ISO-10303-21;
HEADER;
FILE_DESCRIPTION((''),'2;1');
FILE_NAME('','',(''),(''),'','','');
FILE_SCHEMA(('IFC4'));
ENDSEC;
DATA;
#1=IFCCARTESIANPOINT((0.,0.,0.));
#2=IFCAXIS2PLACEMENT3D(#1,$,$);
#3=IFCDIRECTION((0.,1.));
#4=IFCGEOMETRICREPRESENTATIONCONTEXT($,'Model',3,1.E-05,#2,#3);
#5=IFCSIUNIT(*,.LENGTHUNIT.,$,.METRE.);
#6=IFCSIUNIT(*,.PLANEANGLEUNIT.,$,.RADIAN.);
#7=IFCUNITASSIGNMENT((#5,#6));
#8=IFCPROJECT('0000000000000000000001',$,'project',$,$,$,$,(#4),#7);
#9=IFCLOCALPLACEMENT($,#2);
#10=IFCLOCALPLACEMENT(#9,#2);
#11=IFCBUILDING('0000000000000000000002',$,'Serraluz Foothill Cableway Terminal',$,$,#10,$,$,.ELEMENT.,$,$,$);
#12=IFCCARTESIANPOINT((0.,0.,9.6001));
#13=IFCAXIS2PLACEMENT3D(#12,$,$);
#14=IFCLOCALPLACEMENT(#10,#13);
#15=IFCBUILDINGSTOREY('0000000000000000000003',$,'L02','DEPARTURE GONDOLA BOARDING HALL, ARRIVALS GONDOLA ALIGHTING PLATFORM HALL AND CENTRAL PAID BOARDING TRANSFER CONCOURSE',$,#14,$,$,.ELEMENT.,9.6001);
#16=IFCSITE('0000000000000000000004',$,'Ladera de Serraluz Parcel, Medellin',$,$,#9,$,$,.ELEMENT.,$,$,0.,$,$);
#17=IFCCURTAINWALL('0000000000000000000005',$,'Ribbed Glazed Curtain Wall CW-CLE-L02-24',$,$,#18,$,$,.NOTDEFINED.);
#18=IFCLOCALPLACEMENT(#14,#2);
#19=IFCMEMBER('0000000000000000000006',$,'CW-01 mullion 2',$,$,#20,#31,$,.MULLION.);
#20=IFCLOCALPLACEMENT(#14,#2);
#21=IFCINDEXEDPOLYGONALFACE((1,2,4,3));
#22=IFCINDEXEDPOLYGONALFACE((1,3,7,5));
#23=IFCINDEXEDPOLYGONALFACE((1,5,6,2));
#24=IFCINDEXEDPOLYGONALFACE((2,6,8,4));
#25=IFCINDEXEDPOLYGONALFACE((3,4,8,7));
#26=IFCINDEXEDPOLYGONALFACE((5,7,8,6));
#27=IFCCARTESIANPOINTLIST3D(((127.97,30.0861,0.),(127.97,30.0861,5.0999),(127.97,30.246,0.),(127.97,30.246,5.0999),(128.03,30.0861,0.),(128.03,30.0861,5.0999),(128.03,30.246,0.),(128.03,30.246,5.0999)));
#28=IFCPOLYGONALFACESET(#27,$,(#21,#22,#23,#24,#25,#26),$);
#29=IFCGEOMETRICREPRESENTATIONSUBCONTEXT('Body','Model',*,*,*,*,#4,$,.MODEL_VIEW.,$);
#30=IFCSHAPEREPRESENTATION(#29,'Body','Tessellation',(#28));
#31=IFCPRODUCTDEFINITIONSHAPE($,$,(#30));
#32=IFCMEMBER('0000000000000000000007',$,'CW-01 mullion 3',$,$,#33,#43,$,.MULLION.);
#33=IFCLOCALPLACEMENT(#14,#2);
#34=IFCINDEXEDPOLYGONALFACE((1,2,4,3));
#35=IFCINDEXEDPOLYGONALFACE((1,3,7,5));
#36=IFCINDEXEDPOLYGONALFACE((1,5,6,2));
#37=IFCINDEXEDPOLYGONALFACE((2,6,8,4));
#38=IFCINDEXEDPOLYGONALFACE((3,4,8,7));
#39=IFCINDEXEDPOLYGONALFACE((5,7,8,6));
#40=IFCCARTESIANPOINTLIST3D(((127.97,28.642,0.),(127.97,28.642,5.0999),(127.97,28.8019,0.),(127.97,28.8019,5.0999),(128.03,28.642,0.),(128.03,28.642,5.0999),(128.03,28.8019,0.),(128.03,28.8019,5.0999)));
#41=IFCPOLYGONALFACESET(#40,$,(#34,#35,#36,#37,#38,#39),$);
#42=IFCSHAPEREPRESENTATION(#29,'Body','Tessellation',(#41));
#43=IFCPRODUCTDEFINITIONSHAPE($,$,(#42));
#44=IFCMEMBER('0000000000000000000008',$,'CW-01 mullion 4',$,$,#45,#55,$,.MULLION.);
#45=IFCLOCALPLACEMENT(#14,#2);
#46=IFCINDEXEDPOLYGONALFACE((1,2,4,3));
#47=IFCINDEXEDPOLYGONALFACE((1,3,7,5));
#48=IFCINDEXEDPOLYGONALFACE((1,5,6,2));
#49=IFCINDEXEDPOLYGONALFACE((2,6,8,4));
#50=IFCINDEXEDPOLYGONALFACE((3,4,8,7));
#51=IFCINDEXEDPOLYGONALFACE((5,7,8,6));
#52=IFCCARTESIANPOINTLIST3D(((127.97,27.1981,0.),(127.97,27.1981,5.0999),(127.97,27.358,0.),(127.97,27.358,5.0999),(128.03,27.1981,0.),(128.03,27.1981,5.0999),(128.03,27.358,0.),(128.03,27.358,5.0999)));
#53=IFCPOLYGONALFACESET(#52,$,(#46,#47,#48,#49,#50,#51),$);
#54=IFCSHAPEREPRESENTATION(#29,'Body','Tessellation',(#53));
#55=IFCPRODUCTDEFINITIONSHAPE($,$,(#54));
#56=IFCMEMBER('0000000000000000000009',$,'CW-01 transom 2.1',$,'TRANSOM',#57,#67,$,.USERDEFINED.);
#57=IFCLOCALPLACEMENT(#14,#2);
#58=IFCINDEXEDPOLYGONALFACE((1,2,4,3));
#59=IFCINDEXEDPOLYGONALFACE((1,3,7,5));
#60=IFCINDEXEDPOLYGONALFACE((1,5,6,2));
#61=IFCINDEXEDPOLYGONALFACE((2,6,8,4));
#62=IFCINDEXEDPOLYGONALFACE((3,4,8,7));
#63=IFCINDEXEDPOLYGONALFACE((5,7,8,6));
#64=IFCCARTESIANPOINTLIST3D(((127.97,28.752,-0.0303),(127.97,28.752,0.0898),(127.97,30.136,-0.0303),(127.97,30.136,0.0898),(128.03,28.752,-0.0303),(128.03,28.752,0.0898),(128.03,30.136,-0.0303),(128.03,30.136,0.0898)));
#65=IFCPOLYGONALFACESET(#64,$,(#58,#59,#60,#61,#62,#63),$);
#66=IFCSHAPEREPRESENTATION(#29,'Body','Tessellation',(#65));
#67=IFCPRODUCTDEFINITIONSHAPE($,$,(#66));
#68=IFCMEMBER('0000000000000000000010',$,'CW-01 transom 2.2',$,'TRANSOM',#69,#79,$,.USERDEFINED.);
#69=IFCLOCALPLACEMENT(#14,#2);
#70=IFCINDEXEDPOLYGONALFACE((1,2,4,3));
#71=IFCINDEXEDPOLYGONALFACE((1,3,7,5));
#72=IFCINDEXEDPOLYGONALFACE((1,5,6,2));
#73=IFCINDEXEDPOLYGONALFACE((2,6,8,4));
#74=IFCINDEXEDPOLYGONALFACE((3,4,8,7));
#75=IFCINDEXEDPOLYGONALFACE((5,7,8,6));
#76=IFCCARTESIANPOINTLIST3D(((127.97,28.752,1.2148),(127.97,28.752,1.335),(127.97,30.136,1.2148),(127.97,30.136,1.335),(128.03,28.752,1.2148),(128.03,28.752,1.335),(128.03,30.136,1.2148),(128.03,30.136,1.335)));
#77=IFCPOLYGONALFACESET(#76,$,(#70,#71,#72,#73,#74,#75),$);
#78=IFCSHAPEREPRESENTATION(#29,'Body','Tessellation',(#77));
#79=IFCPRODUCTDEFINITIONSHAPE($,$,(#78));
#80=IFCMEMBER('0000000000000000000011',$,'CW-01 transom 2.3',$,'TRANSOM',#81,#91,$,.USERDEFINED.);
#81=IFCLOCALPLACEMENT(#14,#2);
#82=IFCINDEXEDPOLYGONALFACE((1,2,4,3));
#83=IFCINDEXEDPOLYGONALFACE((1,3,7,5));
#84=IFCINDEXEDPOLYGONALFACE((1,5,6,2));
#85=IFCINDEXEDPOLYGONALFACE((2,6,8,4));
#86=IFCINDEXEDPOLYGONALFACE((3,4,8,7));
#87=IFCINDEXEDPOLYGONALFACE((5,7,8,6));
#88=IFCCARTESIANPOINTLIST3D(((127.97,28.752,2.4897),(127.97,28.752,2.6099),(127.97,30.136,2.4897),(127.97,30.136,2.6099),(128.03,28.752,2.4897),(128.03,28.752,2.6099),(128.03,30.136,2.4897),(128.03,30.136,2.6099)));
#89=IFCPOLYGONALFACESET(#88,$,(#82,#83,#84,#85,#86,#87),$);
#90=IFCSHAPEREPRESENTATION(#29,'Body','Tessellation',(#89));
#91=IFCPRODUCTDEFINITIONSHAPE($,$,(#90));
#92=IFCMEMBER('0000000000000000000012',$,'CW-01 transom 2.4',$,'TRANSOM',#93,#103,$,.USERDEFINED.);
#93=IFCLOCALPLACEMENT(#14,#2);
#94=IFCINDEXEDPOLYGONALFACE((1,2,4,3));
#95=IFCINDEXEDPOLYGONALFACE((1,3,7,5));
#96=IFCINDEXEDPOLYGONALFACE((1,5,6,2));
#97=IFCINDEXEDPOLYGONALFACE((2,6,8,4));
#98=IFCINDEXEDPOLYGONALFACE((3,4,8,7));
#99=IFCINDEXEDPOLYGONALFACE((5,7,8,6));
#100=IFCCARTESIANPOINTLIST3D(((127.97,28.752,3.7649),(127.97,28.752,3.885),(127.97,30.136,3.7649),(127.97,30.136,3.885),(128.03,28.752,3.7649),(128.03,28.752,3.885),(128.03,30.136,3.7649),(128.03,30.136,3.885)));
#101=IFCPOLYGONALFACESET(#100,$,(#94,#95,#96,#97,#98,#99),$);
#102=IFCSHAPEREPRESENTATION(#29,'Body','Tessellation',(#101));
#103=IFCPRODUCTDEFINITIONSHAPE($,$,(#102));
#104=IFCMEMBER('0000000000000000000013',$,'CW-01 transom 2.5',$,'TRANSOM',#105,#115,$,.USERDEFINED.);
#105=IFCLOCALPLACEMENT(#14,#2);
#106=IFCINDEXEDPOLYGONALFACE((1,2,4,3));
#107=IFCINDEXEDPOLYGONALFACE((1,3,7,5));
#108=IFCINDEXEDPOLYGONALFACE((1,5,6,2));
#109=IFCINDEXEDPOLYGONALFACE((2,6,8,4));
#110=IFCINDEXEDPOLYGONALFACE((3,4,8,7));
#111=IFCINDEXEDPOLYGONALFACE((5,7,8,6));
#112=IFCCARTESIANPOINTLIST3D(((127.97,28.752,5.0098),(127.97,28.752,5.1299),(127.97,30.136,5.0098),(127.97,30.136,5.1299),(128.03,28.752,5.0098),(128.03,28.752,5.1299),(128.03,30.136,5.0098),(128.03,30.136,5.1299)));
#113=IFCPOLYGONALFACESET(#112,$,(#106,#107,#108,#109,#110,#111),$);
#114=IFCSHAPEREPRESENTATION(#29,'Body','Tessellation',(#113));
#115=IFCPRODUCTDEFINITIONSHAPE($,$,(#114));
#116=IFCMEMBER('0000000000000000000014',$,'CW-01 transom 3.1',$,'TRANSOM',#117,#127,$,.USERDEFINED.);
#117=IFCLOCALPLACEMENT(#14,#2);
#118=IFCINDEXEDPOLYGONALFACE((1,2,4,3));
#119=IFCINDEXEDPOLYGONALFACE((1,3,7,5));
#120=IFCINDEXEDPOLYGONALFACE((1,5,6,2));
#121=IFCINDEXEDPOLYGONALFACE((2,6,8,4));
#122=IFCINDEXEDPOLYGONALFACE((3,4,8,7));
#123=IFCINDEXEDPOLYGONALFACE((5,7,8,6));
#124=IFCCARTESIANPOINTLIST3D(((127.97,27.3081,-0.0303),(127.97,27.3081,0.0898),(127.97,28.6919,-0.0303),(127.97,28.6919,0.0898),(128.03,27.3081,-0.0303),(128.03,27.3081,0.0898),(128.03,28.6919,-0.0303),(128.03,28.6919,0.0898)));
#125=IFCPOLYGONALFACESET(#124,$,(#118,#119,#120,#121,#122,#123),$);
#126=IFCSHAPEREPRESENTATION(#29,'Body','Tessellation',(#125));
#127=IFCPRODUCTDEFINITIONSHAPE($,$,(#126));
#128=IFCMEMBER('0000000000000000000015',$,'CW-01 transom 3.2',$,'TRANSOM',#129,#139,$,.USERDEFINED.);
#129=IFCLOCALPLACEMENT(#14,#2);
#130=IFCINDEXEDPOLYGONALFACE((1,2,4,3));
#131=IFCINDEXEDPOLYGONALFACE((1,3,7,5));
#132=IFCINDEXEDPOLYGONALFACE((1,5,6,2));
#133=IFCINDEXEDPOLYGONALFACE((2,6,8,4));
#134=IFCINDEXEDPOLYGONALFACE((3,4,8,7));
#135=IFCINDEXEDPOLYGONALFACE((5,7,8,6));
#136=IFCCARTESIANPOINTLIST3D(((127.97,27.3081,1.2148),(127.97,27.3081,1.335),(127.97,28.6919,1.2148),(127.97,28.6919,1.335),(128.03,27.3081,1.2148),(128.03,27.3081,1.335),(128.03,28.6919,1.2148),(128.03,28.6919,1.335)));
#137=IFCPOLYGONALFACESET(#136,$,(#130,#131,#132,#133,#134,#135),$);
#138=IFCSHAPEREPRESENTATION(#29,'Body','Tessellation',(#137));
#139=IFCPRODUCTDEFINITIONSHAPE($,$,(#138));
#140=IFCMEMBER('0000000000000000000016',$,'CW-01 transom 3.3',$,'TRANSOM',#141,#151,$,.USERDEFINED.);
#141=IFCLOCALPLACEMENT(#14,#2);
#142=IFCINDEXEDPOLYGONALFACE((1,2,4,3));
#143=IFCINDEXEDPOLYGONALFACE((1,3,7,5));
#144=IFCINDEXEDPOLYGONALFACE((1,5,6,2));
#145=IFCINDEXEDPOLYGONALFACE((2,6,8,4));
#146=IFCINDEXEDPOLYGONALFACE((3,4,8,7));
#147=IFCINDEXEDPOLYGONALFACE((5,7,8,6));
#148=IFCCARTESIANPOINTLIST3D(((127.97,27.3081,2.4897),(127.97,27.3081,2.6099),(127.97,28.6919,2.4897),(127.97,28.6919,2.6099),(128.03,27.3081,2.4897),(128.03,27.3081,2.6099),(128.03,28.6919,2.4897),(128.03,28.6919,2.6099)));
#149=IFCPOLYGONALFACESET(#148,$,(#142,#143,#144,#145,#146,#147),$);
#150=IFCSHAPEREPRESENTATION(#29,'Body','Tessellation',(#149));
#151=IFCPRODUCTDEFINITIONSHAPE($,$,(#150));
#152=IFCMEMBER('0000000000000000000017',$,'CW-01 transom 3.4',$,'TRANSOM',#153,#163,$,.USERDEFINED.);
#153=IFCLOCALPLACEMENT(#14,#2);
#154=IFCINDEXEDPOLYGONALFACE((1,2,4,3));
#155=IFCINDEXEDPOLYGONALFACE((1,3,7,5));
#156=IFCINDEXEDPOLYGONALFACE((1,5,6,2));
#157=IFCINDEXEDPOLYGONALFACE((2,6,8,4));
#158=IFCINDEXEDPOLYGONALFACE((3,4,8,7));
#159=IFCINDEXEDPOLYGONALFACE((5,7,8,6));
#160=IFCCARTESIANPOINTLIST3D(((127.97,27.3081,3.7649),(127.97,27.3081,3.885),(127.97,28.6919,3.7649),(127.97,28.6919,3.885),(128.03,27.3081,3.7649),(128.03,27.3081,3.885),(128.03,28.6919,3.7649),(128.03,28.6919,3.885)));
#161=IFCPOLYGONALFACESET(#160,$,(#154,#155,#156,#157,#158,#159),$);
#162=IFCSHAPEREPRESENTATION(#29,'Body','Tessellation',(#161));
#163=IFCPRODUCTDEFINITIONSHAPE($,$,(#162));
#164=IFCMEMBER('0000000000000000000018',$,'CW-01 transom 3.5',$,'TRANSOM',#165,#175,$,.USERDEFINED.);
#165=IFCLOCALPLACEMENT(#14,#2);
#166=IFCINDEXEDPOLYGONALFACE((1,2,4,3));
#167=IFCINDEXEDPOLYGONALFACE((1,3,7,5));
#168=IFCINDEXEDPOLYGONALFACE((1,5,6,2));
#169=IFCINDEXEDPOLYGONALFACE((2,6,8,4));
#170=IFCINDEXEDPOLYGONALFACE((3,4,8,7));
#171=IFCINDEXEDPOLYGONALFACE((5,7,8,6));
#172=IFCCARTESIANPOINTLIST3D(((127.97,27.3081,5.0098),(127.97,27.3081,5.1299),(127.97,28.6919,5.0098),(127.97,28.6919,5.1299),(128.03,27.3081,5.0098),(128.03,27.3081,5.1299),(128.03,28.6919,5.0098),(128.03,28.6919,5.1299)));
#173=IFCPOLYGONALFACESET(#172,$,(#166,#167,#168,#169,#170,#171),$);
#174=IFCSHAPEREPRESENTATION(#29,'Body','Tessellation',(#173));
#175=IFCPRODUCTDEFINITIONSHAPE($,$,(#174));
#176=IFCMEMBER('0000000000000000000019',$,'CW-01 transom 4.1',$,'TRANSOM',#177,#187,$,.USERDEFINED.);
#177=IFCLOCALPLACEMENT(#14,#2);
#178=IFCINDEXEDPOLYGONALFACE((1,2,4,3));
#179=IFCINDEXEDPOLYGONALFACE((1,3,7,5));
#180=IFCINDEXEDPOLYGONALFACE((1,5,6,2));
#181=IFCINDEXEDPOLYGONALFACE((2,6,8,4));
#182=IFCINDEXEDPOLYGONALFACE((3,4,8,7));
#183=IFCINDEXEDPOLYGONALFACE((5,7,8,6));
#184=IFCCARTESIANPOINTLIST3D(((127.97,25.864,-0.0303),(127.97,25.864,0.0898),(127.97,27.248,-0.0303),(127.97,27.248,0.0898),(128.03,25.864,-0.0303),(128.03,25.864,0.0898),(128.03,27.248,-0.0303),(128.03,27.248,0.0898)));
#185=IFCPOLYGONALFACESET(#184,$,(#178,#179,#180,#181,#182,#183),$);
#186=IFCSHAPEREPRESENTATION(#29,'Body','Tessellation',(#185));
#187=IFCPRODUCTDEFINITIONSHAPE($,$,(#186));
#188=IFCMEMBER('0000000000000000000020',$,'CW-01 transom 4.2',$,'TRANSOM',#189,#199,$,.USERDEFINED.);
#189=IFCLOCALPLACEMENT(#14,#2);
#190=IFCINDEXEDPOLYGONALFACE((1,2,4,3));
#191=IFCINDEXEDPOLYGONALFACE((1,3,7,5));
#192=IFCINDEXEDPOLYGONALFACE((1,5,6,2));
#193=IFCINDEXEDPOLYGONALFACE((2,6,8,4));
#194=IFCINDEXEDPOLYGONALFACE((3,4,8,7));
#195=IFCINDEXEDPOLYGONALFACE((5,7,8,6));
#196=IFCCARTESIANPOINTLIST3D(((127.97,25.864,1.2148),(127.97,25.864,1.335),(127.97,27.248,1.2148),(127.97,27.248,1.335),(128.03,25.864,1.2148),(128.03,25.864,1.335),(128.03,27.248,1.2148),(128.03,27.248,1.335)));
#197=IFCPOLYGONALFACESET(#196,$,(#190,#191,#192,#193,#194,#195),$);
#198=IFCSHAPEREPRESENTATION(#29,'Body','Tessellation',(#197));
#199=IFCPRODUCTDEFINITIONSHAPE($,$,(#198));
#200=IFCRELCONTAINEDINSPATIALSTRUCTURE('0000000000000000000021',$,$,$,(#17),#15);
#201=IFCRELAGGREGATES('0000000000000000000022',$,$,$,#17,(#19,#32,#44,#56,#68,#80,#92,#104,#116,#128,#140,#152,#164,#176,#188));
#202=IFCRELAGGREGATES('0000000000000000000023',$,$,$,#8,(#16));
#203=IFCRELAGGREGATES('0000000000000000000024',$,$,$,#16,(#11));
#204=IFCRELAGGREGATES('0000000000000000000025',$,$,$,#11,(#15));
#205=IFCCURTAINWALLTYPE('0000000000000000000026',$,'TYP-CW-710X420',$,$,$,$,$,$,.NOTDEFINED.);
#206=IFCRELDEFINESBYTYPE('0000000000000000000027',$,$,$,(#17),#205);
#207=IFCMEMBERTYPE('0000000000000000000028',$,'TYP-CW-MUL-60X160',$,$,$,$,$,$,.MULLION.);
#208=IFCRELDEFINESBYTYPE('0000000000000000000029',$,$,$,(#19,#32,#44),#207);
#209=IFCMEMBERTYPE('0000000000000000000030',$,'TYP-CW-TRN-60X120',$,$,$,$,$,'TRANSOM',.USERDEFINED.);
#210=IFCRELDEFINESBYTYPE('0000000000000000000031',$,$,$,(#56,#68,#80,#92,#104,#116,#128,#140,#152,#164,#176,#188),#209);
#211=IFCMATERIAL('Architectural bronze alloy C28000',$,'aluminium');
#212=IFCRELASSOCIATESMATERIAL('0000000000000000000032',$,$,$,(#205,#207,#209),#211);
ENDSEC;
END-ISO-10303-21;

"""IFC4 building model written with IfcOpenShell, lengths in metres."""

from ifc_helpers import new_model, si_unit, direction, frame, origin, origin_2d, place, context, subcontext, project, spatial, rectangle, extrude, material, material_profile, profile_set, type_object, element, aggregate, save


model = new_model("IFC4")

# Units and contexts
model_context = context("Model", 3, precision=1e-05, world=origin(), true_north=direction((0.0, 1.0)))
body_context = subcontext(model_context, "Body", "Model", "MODEL_VIEW")
ifc_project = project(units=[si_unit("LENGTHUNIT", "METRE"), si_unit("PLANEANGLEUNIT", "RADIAN")], contexts=[model_context])

# Site, building, storey
site_placement = place(None, origin())
site = spatial("IfcSite", under=ifc_project, at=site_placement, Name="Ladera de Serraluz Parcel, Medellin", CompositionType="ELEMENT", RefElevation=0.0)
building_placement = place(site_placement, origin())
building = spatial("IfcBuilding", under=site, at=building_placement, Name="Serraluz Foothill Cableway Terminal", CompositionType="ELEMENT")
storey_placement = place(building_placement, frame((0.0, 0.0, 9.6001)))
storey = spatial("IfcBuildingStorey", under=building, at=storey_placement, Name="L02", Description="DEPARTURE GONDOLA BOARDING HALL, ARRIVALS GONDOLA ALIGHTING PLATFORM HALL AND CENTRAL PAID BOARDING TRANSFER CONCOURSE", CompositionType="ELEMENT", Elevation=9.6001)

# Curtain wall, members
ifc_material_1 = material(Name="Architectural bronze alloy C28000", Category="aluminium")
curtain_wall_type = type_object("IfcCurtainWallType", Name="TYP-CW-710X420", PredefinedType="NOTDEFINED", material=ifc_material_1)
curtain_wall_placement = place(storey_placement, origin())
curtain_wall = element("IfcCurtainWall", 1, at=curtain_wall_placement, inside=storey, type_object=curtain_wall_type, Name="Ribbed Glazed Curtain Wall CW-CLE-L02-24", PredefinedType="NOTDEFINED")
ifc_material_profile_1 = material_profile(ifc_material_1, rectangle(XDim=0.0601, YDim=0.1599, at=origin_2d()), Name="ALU MULLION 60x160")
ifc_profile_set_1 = profile_set([ifc_material_profile_1], Name="Architectural bronze alloy C28000")
member_type_1 = type_object("IfcMemberType", Name="TYP-CW-MUL-60X160", PredefinedType="MULLION", material=ifc_profile_set_1)
member_1_placement = place(storey_placement, frame((128.0, 30.166, 0.0), z_axis=(0.0, 0.0, 1.0), x_axis=(1.0, 0.0, 0.0)))
member_1 = element("IfcMember", 2, at=member_1_placement, type_object=member_type_1, Name="CW-01 mullion 2", PredefinedType="MULLION", context=body_context, shape_type="SweptSolid", body=[
    extrude(rectangle(XDim=0.0601, YDim=0.1599, at=origin_2d()), origin(), (0.0, 0.0, 1.0), 5.0999),
])
member_2_placement = place(storey_placement, frame((128.0, 28.7219, 0.0), z_axis=(0.0, 0.0, 1.0), x_axis=(1.0, 0.0, 0.0)))
member_2 = element("IfcMember", 3, at=member_2_placement, type_object=member_type_1, Name="CW-01 mullion 3", PredefinedType="MULLION", context=body_context, shape_type="SweptSolid", body=[
    extrude(rectangle(XDim=0.0601, YDim=0.1599, at=origin_2d()), origin(), (0.0, 0.0, 1.0), 5.0999),
])
member_3_placement = place(storey_placement, frame((128.0, 27.2781, 0.0), z_axis=(0.0, 0.0, 1.0), x_axis=(1.0, 0.0, 0.0)))
member_3 = element("IfcMember", 4, at=member_3_placement, type_object=member_type_1, Name="CW-01 mullion 4", PredefinedType="MULLION", context=body_context, shape_type="SweptSolid", body=[
    extrude(rectangle(XDim=0.0601, YDim=0.1599, at=origin_2d()), origin(), (0.0, 0.0, 1.0), 5.0999),
])
ifc_material_profile_2 = material_profile(ifc_material_1, rectangle(XDim=0.0601, YDim=0.1201, at=origin_2d()), Name="ALU TRANSOM 60x120")
ifc_profile_set_2 = profile_set([ifc_material_profile_2], Name="Architectural bronze alloy C28000")
member_type_2 = type_object("IfcMemberType", Name="TYP-CW-TRN-60X120", ElementType="TRANSOM", PredefinedType="USERDEFINED", material=ifc_profile_set_2)
member_4_placement = place(storey_placement, frame((128.0, 30.136, 0.0298), z_axis=(0.0, -1.0, 0.0), x_axis=(1.0, 0.0, 0.0)))
member_4 = element("IfcMember", 5, at=member_4_placement, type_object=member_type_2, Name="CW-01 transom 2.1", ObjectType="TRANSOM", PredefinedType="USERDEFINED", context=body_context, shape_type="SweptSolid", body=[
    extrude(rectangle(XDim=0.0601, YDim=0.1201, at=origin_2d()), origin(), (0.0, 0.0, 1.0), 1.384),
])
member_5_placement = place(storey_placement, frame((128.0, 30.136, 1.2749), z_axis=(0.0, -1.0, 0.0), x_axis=(1.0, 0.0, 0.0)))
member_5 = element("IfcMember", 6, at=member_5_placement, type_object=member_type_2, Name="CW-01 transom 2.2", ObjectType="TRANSOM", PredefinedType="USERDEFINED", context=body_context, shape_type="SweptSolid", body=[
    extrude(rectangle(XDim=0.0601, YDim=0.1201, at=origin_2d()), origin(), (0.0, 0.0, 1.0), 1.384),
])
member_6_placement = place(storey_placement, frame((128.0, 30.136, 2.5498), z_axis=(0.0, -1.0, 0.0), x_axis=(1.0, 0.0, 0.0)))
member_6 = element("IfcMember", 7, at=member_6_placement, type_object=member_type_2, Name="CW-01 transom 2.3", ObjectType="TRANSOM", PredefinedType="USERDEFINED", context=body_context, shape_type="SweptSolid", body=[
    extrude(rectangle(XDim=0.0601, YDim=0.1201, at=origin_2d()), origin(), (0.0, 0.0, 1.0), 1.384),
])
member_7_placement = place(storey_placement, frame((128.0, 30.136, 3.825), z_axis=(0.0, -1.0, 0.0), x_axis=(1.0, 0.0, 0.0)))
member_7 = element("IfcMember", 8, at=member_7_placement, type_object=member_type_2, Name="CW-01 transom 2.4", ObjectType="TRANSOM", PredefinedType="USERDEFINED", context=body_context, shape_type="SweptSolid", body=[
    extrude(rectangle(XDim=0.0601, YDim=0.1201, at=origin_2d()), origin(), (0.0, 0.0, 1.0), 1.384),
])
member_8_placement = place(storey_placement, frame((128.0, 30.136, 5.0698), z_axis=(0.0, -1.0, 0.0), x_axis=(1.0, 0.0, 0.0)))
member_8 = element("IfcMember", 9, at=member_8_placement, type_object=member_type_2, Name="CW-01 transom 2.5", ObjectType="TRANSOM", PredefinedType="USERDEFINED", context=body_context, shape_type="SweptSolid", body=[
    extrude(rectangle(XDim=0.0601, YDim=0.1201, at=origin_2d()), origin(), (0.0, 0.0, 1.0), 1.384),
])
member_9_placement = place(storey_placement, frame((128.0, 28.6919, 0.0298), z_axis=(0.0, -1.0, 0.0), x_axis=(1.0, 0.0, 0.0)))
member_9 = element("IfcMember", 10, at=member_9_placement, type_object=member_type_2, Name="CW-01 transom 3.1", ObjectType="TRANSOM", PredefinedType="USERDEFINED", context=body_context, shape_type="SweptSolid", body=[
    extrude(rectangle(XDim=0.0601, YDim=0.1201, at=origin_2d()), origin(), (0.0, 0.0, 1.0), 1.3838),
])
member_10_placement = place(storey_placement, frame((128.0, 28.6919, 1.2749), z_axis=(0.0, -1.0, 0.0), x_axis=(1.0, 0.0, 0.0)))
member_10 = element("IfcMember", 11, at=member_10_placement, type_object=member_type_2, Name="CW-01 transom 3.2", ObjectType="TRANSOM", PredefinedType="USERDEFINED", context=body_context, shape_type="SweptSolid", body=[
    extrude(rectangle(XDim=0.0601, YDim=0.1201, at=origin_2d()), origin(), (0.0, 0.0, 1.0), 1.3838),
])
member_11_placement = place(storey_placement, frame((128.0, 28.6919, 2.5498), z_axis=(0.0, -1.0, 0.0), x_axis=(1.0, 0.0, 0.0)))
member_11 = element("IfcMember", 12, at=member_11_placement, type_object=member_type_2, Name="CW-01 transom 3.3", ObjectType="TRANSOM", PredefinedType="USERDEFINED", context=body_context, shape_type="SweptSolid", body=[
    extrude(rectangle(XDim=0.0601, YDim=0.1201, at=origin_2d()), origin(), (0.0, 0.0, 1.0), 1.3838),
])
member_12_placement = place(storey_placement, frame((128.0, 28.6919, 3.825), z_axis=(0.0, -1.0, 0.0), x_axis=(1.0, 0.0, 0.0)))
member_12 = element("IfcMember", 13, at=member_12_placement, type_object=member_type_2, Name="CW-01 transom 3.4", ObjectType="TRANSOM", PredefinedType="USERDEFINED", context=body_context, shape_type="SweptSolid", body=[
    extrude(rectangle(XDim=0.0601, YDim=0.1201, at=origin_2d()), origin(), (0.0, 0.0, 1.0), 1.3838),
])
member_13_placement = place(storey_placement, frame((128.0, 28.6919, 5.0698), z_axis=(0.0, -1.0, 0.0), x_axis=(1.0, 0.0, 0.0)))
member_13 = element("IfcMember", 14, at=member_13_placement, type_object=member_type_2, Name="CW-01 transom 3.5", ObjectType="TRANSOM", PredefinedType="USERDEFINED", context=body_context, shape_type="SweptSolid", body=[
    extrude(rectangle(XDim=0.0601, YDim=0.1201, at=origin_2d()), origin(), (0.0, 0.0, 1.0), 1.3838),
])
member_14_placement = place(storey_placement, frame((128.0, 27.248, 0.0298), z_axis=(0.0, -1.0, 0.0), x_axis=(1.0, 0.0, 0.0)))
member_14 = element("IfcMember", 15, at=member_14_placement, type_object=member_type_2, Name="CW-01 transom 4.1", ObjectType="TRANSOM", PredefinedType="USERDEFINED", context=body_context, shape_type="SweptSolid", body=[
    extrude(rectangle(XDim=0.0601, YDim=0.1201, at=origin_2d()), origin(), (0.0, 0.0, 1.0), 1.384),
])
member_15_placement = place(storey_placement, frame((128.0, 27.248, 1.2749), z_axis=(0.0, -1.0, 0.0), x_axis=(1.0, 0.0, 0.0)))
member_15 = element("IfcMember", 16, at=member_15_placement, type_object=member_type_2, Name="CW-01 transom 4.2", ObjectType="TRANSOM", PredefinedType="USERDEFINED", context=body_context, shape_type="SweptSolid", body=[
    extrude(rectangle(XDim=0.0601, YDim=0.1201, at=origin_2d()), origin(), (0.0, 0.0, 1.0), 1.384),
])
aggregate(curtain_wall, [member_1, member_2, member_3, member_4, member_5, member_6, member_7, member_8, member_9, member_10, member_11, member_12, member_13, member_14, member_15])

save(model, "model.ifc")
